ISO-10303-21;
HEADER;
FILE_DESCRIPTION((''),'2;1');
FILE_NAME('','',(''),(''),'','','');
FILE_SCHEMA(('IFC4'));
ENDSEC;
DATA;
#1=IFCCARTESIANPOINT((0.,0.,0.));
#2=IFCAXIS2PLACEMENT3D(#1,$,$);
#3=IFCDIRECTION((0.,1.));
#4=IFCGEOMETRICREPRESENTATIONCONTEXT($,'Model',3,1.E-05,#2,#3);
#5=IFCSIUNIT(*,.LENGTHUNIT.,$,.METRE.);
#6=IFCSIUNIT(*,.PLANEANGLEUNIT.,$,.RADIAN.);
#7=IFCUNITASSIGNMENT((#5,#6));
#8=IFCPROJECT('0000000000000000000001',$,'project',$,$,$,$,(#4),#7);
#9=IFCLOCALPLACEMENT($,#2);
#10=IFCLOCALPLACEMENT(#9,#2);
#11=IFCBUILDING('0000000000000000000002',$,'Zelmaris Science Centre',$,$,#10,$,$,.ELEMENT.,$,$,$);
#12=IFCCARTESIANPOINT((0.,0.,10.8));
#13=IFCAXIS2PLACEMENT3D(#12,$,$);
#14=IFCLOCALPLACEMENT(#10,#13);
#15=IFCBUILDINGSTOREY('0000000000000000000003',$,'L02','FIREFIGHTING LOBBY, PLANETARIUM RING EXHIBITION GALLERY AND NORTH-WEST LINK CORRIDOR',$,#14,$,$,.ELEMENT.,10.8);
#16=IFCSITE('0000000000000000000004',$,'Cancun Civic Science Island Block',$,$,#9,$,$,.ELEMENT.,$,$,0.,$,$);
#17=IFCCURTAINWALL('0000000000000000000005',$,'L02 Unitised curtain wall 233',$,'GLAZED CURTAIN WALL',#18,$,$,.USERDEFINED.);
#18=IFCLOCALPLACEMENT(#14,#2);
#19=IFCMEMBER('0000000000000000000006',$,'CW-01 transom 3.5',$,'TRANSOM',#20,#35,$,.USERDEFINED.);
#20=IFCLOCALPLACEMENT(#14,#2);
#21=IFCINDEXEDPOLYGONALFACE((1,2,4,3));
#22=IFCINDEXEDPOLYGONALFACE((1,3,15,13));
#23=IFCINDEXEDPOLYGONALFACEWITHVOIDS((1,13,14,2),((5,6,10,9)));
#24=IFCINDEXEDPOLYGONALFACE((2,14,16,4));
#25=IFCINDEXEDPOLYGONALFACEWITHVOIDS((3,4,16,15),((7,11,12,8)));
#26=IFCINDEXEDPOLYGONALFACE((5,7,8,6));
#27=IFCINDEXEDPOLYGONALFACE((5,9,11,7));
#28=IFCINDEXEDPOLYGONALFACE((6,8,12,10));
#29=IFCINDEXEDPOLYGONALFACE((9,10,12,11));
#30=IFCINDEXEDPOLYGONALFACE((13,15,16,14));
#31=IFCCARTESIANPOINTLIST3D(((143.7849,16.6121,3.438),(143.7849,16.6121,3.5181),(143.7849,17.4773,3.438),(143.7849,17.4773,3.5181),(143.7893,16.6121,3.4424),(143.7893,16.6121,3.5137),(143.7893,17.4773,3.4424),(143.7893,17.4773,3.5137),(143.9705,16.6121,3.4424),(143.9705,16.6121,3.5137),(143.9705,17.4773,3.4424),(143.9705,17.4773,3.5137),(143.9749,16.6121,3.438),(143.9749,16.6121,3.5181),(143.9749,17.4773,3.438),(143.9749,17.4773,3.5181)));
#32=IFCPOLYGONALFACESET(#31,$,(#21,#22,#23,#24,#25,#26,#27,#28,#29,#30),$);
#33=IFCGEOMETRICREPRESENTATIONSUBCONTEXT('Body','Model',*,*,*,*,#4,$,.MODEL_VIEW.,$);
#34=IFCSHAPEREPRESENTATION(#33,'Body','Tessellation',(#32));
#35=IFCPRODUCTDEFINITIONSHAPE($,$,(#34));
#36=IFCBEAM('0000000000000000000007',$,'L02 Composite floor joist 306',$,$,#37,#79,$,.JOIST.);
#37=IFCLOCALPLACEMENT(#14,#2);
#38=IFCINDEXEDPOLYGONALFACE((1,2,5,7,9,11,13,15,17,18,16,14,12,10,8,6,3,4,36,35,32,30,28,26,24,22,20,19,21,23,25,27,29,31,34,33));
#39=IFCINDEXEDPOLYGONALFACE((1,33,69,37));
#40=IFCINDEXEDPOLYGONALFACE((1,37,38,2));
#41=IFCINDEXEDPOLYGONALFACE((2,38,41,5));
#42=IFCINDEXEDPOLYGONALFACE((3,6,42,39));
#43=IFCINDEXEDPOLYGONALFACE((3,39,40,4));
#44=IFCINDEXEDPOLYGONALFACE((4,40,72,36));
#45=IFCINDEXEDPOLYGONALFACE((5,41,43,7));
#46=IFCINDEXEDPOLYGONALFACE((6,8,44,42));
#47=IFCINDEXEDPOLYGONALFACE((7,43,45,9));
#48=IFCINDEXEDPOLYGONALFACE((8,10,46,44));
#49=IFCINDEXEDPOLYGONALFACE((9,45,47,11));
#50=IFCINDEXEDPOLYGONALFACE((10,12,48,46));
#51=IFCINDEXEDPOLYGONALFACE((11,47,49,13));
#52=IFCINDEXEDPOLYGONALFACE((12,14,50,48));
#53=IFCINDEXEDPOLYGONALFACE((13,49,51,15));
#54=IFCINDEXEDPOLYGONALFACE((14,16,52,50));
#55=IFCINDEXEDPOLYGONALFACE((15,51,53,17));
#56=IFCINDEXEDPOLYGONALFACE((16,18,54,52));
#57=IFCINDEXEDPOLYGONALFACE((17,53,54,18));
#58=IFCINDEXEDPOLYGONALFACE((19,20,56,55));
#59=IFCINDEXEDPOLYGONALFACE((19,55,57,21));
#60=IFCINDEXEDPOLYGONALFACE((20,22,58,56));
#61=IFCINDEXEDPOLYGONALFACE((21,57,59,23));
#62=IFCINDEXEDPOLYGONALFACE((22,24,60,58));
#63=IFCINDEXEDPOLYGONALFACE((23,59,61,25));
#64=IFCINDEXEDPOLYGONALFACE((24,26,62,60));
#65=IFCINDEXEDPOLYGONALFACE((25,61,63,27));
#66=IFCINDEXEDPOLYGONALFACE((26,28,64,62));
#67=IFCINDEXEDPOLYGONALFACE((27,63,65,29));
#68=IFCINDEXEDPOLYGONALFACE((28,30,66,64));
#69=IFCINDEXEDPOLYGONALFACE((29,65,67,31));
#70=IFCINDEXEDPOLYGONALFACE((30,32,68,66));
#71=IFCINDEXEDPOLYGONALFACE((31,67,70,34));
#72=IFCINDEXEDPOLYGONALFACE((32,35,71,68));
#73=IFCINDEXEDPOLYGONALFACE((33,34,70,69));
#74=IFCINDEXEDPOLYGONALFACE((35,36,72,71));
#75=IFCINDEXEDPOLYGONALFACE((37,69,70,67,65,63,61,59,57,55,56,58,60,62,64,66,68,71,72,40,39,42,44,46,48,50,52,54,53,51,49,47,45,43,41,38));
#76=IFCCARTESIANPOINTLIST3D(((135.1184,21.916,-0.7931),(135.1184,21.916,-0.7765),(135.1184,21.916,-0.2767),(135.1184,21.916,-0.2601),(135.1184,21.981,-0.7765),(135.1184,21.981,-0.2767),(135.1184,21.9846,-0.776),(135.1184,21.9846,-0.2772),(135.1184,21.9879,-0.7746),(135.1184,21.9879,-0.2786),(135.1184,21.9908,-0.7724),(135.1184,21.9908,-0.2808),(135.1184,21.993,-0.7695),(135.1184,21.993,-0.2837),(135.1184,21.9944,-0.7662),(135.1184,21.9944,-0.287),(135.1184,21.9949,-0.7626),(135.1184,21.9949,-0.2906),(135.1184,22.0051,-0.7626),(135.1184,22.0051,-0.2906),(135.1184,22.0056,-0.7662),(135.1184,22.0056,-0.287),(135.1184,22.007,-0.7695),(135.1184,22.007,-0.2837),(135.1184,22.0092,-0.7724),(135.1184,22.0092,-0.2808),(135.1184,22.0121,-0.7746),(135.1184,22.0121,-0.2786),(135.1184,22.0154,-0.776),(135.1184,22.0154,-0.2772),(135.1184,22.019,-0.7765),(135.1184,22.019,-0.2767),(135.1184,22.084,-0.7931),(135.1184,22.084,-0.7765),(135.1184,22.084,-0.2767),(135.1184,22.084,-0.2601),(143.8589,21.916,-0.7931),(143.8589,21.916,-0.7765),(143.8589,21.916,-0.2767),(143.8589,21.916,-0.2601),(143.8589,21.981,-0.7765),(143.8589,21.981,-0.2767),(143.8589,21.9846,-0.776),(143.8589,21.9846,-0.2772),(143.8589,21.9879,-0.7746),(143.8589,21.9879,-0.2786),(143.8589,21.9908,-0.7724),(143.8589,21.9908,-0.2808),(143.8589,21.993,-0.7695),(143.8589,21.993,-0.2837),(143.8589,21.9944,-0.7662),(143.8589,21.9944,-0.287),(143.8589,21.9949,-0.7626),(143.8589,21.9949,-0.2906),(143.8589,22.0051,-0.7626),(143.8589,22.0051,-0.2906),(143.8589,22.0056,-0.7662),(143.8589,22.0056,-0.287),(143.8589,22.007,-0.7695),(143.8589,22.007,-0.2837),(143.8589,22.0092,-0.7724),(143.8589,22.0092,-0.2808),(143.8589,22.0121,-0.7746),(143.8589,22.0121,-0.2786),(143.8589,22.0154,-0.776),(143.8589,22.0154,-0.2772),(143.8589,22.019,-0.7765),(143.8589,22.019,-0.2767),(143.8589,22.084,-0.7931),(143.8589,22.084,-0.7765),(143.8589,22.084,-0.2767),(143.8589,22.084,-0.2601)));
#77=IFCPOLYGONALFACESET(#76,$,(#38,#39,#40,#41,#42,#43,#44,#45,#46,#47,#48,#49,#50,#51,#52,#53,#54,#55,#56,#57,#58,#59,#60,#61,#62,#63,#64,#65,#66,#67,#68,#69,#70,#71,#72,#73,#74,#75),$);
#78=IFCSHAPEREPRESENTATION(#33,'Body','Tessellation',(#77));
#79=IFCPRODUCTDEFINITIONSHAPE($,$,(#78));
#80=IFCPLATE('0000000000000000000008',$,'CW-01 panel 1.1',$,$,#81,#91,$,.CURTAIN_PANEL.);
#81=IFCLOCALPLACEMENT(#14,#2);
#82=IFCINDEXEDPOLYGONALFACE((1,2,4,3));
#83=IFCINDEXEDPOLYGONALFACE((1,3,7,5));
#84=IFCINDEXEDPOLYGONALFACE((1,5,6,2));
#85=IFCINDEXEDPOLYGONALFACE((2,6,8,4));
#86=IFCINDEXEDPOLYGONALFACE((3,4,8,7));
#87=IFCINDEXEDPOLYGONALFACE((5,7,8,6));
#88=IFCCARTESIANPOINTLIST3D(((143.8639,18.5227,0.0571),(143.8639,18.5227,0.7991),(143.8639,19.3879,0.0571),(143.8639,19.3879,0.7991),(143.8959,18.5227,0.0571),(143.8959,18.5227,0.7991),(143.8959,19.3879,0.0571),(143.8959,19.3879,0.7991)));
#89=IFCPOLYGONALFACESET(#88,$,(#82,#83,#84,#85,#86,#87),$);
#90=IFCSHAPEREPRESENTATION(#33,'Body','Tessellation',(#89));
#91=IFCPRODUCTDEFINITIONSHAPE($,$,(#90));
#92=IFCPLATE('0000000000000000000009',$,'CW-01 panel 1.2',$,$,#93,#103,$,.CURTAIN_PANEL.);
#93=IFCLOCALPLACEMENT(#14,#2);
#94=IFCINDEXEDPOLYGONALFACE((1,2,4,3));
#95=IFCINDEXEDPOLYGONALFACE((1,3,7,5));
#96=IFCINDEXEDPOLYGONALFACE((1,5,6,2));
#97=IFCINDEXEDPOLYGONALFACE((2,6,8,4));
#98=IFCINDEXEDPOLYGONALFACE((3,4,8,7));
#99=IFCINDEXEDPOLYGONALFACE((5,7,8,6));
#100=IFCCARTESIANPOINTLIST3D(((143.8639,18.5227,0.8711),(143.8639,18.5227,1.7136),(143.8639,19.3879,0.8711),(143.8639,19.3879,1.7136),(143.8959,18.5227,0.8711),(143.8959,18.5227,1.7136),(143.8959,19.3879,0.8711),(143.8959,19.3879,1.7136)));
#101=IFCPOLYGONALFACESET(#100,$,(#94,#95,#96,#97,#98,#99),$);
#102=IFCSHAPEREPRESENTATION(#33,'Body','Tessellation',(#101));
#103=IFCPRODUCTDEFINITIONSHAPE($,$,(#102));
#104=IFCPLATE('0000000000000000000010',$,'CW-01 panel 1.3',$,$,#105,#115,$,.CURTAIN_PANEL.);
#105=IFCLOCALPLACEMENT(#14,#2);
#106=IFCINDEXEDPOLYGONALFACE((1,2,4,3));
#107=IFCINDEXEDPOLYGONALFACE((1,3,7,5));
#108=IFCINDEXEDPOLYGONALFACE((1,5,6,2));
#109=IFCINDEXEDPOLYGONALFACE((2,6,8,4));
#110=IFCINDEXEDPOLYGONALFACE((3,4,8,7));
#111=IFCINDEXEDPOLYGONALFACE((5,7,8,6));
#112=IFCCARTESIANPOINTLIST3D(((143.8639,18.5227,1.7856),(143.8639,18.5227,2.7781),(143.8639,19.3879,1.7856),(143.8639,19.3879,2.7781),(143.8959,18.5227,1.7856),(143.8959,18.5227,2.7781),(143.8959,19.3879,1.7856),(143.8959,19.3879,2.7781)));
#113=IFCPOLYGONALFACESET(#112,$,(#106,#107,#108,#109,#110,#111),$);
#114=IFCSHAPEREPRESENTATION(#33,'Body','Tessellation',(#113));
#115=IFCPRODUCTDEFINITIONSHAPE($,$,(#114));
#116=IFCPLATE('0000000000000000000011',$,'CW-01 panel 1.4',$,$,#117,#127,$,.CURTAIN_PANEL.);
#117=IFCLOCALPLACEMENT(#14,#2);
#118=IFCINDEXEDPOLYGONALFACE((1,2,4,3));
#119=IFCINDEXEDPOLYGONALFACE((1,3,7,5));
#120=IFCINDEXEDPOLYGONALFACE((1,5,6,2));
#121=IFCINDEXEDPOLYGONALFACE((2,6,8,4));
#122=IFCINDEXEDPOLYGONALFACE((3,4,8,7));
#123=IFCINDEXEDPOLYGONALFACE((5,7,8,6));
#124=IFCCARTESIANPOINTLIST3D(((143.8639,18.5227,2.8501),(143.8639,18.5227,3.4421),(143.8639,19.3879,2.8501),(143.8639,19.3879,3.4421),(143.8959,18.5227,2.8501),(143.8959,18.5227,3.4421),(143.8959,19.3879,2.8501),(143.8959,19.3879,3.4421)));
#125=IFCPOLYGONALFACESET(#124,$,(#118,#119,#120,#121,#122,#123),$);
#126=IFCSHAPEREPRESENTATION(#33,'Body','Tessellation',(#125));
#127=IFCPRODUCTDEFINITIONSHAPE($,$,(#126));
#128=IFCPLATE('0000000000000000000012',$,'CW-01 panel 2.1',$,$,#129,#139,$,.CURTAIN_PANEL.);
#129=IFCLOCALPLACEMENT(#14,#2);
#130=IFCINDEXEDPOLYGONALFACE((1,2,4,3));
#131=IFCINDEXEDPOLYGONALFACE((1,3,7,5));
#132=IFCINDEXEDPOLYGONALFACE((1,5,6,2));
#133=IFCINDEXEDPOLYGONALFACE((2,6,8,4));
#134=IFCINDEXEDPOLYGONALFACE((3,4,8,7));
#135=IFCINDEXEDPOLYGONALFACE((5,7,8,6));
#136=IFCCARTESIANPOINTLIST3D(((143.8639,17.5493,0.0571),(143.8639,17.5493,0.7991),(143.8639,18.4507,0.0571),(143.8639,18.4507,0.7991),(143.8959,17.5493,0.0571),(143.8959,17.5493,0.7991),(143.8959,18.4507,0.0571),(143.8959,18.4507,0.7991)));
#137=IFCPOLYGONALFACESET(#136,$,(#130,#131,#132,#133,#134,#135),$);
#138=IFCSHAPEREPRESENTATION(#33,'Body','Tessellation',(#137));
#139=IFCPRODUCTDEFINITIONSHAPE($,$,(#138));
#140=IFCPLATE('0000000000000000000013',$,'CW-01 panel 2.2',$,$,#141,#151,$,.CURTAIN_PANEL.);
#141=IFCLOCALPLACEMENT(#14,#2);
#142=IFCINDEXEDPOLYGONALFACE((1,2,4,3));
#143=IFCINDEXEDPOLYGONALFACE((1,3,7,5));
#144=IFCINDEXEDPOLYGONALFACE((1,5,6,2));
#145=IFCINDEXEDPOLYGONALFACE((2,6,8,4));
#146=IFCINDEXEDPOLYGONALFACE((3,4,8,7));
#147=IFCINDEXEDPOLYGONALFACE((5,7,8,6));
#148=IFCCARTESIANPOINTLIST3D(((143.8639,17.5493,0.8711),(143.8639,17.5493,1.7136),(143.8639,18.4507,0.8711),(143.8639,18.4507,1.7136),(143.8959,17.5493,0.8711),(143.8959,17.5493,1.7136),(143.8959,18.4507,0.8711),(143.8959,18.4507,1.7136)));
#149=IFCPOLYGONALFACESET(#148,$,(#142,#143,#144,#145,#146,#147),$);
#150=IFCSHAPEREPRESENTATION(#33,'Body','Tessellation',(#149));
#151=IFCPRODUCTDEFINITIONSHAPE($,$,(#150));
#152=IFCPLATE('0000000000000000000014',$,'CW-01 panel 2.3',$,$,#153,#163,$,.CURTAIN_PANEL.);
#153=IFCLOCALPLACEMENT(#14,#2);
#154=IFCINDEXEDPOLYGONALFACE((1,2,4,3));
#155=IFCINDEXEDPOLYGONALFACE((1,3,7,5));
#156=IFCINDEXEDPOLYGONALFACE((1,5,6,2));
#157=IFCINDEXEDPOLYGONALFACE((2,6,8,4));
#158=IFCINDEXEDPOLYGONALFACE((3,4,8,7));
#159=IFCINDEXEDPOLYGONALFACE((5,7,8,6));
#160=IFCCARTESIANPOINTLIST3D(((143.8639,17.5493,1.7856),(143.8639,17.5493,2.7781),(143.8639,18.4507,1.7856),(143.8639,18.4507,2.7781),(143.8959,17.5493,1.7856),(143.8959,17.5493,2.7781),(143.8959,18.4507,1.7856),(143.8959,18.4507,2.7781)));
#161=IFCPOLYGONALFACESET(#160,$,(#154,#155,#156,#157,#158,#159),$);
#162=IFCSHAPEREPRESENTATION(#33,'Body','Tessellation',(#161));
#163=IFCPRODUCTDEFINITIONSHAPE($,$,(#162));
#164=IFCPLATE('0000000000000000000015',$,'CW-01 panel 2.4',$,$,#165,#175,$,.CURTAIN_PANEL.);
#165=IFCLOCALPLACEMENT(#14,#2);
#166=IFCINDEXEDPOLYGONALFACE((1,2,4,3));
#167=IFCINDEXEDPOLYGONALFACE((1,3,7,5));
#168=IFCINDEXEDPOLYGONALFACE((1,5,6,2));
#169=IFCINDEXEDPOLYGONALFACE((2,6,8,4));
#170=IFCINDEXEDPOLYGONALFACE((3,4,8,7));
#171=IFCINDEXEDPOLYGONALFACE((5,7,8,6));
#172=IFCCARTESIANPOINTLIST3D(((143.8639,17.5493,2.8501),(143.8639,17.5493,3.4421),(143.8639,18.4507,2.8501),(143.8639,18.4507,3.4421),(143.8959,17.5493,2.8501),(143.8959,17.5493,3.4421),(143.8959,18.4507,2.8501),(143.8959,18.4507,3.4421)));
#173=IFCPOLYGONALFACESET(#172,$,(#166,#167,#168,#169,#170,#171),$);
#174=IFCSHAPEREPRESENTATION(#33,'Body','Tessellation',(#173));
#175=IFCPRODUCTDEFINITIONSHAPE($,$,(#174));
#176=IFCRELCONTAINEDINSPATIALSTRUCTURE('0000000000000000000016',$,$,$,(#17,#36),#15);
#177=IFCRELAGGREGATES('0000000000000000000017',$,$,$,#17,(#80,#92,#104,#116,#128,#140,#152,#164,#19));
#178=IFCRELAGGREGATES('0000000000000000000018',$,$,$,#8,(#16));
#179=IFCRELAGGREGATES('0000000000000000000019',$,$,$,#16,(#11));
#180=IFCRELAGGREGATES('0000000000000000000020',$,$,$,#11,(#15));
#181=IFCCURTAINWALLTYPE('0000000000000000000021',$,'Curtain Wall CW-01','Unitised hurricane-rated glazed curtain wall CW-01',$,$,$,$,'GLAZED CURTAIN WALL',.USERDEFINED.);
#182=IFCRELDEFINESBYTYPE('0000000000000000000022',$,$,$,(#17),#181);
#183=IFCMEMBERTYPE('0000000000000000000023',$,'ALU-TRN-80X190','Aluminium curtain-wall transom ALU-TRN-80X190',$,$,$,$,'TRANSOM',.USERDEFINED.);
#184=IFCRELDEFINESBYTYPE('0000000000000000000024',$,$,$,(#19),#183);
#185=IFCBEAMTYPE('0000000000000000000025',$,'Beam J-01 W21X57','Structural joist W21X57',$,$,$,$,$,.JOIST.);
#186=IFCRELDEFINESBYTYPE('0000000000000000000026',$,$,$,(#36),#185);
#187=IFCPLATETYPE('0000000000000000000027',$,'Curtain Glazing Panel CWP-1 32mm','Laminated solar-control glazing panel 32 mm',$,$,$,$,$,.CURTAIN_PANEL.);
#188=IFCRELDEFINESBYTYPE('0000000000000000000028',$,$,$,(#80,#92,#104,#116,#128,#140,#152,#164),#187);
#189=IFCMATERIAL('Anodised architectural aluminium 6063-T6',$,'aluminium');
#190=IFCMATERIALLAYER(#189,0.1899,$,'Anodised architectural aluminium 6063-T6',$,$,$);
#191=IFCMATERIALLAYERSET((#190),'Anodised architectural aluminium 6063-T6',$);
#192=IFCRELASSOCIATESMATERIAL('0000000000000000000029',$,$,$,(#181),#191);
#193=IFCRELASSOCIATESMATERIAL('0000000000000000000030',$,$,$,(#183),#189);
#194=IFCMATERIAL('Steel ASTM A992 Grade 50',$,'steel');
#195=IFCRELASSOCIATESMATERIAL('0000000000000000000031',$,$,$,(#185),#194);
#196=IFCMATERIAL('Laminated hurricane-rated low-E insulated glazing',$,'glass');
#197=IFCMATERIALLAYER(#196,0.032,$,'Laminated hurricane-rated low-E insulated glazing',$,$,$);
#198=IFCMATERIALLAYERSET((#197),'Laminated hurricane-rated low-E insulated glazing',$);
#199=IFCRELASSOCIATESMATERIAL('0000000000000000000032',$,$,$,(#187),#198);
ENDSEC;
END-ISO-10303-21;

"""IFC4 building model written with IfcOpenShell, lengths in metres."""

from ifc_helpers import new_model, si_unit, direction, frame, origin, origin_2d, place, context, subcontext, project, spatial, rectangle, hollow_rectangle, i_section, extrude, material, layer, layer_set, material_profile, profile_set, type_object, element, aggregate, save


model = new_model("IFC4")

# Units and contexts
model_context = context("Model", 3, precision=1e-05, world=origin(), true_north=direction((0.0, 1.0)))
body_context = subcontext(model_context, "Body", "Model", "MODEL_VIEW")
ifc_project = project(units=[si_unit("LENGTHUNIT", "METRE"), si_unit("PLANEANGLEUNIT", "RADIAN")], contexts=[model_context])

# Site, building, storey
site_placement = place(None, origin())
site = spatial("IfcSite", under=ifc_project, at=site_placement, Name="Cancun Civic Science Island Block", CompositionType="ELEMENT", RefElevation=0.0)
building_placement = place(site_placement, origin())
building = spatial("IfcBuilding", under=site, at=building_placement, Name="Zelmaris Science Centre", CompositionType="ELEMENT")
storey_placement = place(building_placement, frame((0.0, 0.0, 10.8)))
storey = spatial("IfcBuildingStorey", under=building, at=storey_placement, Name="L02", Description="FIREFIGHTING LOBBY, PLANETARIUM RING EXHIBITION GALLERY AND NORTH-WEST LINK CORRIDOR", CompositionType="ELEMENT", Elevation=10.8)

# Curtain wall, member
ifc_material_1 = material(Name="Anodised architectural aluminium 6063-T6", Category="aluminium")
ifc_layer_1 = layer(ifc_material_1, 0.1899, Name="Anodised architectural aluminium 6063-T6")
ifc_layer_set_1 = layer_set([ifc_layer_1], Name="Anodised architectural aluminium 6063-T6")
curtain_wall_type = type_object("IfcCurtainWallType", Name="Curtain Wall CW-01", Description="Unitised hurricane-rated glazed curtain wall CW-01", ElementType="GLAZED CURTAIN WALL", PredefinedType="USERDEFINED", material=ifc_layer_set_1)
curtain_wall_placement = place(storey_placement, origin())
curtain_wall = element("IfcCurtainWall", 1, at=curtain_wall_placement, inside=storey, type_object=curtain_wall_type, Name="L02 Unitised curtain wall 233", ObjectType="GLAZED CURTAIN WALL", PredefinedType="USERDEFINED")
ifc_material_profile_1 = material_profile(ifc_material_1, hollow_rectangle(XDim=0.0801, YDim=0.1899, WallThickness=0.0044, at=origin_2d()), Name="ALU-TRN-80X190")
ifc_profile_set_1 = profile_set([ifc_material_profile_1], Name="Anodised architectural aluminium 6063-T6")
member_type_1 = type_object("IfcMemberType", Name="ALU-TRN-80X190", Description="Aluminium curtain-wall transom ALU-TRN-80X190", ElementType="TRANSOM", PredefinedType="USERDEFINED", material=ifc_profile_set_1)
member_1_placement = place(storey_placement, frame((143.8799, 17.4773, 3.478), z_axis=(0.0, -1.0, 0.0), x_axis=(0.0, 0.0, 1.0)))
member_1 = element("IfcMember", 2, at=member_1_placement, type_object=member_type_1, Name="CW-01 transom 3.5", ObjectType="TRANSOM", PredefinedType="USERDEFINED", context=body_context, shape_type="SweptSolid", body=[
    extrude(hollow_rectangle(XDim=0.0801, YDim=0.1899, WallThickness=0.0044, at=origin_2d()), origin(), (0.0, 0.0, 1.0), 0.8652),
])

# Beam
ifc_material_2 = material(Name="Steel ASTM A992 Grade 50", Category="steel")
ifc_material_profile_2 = material_profile(ifc_material_2, i_section(OverallWidth=0.168, OverallDepth=0.533, WebThickness=0.0103, FlangeThickness=0.0166, FilletRadius=0.0139, at=origin_2d()), Name="W21X57")
ifc_profile_set_2 = profile_set([ifc_material_profile_2], Name="Steel ASTM A992 Grade 50")
beam_type = type_object("IfcBeamType", Name="Beam J-01 W21X57", Description="Structural joist W21X57", PredefinedType="JOIST", material=ifc_profile_set_2)
beam_placement = place(storey_placement, frame((135.1184, 22.0, -0.5266), z_axis=(1.0, 0.0, 0.0), x_axis=(0.0, 1.0, 0.0)))
element("IfcBeam", 3, at=beam_placement, inside=storey, type_object=beam_type, Name="L02 Composite floor joist 306", PredefinedType="JOIST", context=body_context, shape_type="SweptSolid", body=[
    extrude(i_section(OverallWidth=0.168, OverallDepth=0.533, WebThickness=0.0103, FlangeThickness=0.0166, FilletRadius=0.0139, at=origin_2d()), origin(), (0.0, 0.0, 1.0), 8.7405),
])

# Plates
ifc_material_3 = material(Name="Laminated hurricane-rated low-E insulated glazing", Category="glass")
ifc_layer_2 = layer(ifc_material_3, 0.032, Name="Laminated hurricane-rated low-E insulated glazing")
ifc_layer_set_2 = layer_set([ifc_layer_2], Name="Laminated hurricane-rated low-E insulated glazing")
plate_type = type_object("IfcPlateType", Name="Curtain Glazing Panel CWP-1 32mm", Description="Laminated solar-control glazing panel 32 mm", PredefinedType="CURTAIN_PANEL", material=ifc_layer_set_2)
plate_1_placement = place(storey_placement, frame((143.8799, 18.9553, 0.0571), z_axis=(0.0, 0.0, 1.0), x_axis=(0.0, -1.0, 0.0)))
plate_1 = element("IfcPlate", 4, at=plate_1_placement, type_object=plate_type, Name="CW-01 panel 1.1", PredefinedType="CURTAIN_PANEL", context=body_context, shape_type="SweptSolid", body=[
    extrude(rectangle(XDim=0.8652, YDim=0.032, at=origin_2d()), origin(), (0.0, 0.0, 1.0), 0.7419),
])
plate_2_placement = place(storey_placement, frame((143.8799, 18.9553, 0.8711), z_axis=(0.0, 0.0, 1.0), x_axis=(0.0, -1.0, 0.0)))
plate_2 = element("IfcPlate", 5, at=plate_2_placement, type_object=plate_type, Name="CW-01 panel 1.2", PredefinedType="CURTAIN_PANEL", context=body_context, shape_type="SweptSolid", body=[
    extrude(rectangle(XDim=0.8652, YDim=0.032, at=origin_2d()), origin(), (0.0, 0.0, 1.0), 0.8425),
])
plate_3_placement = place(storey_placement, frame((143.8799, 18.9553, 1.7856), z_axis=(0.0, 0.0, 1.0), x_axis=(0.0, -1.0, 0.0)))
plate_3 = element("IfcPlate", 6, at=plate_3_placement, type_object=plate_type, Name="CW-01 panel 1.3", PredefinedType="CURTAIN_PANEL", context=body_context, shape_type="SweptSolid", body=[
    extrude(rectangle(XDim=0.8652, YDim=0.032, at=origin_2d()), origin(), (0.0, 0.0, 1.0), 0.9924),
])
plate_4_placement = place(storey_placement, frame((143.8799, 18.9553, 2.8501), z_axis=(0.0, 0.0, 1.0), x_axis=(0.0, -1.0, 0.0)))
plate_4 = element("IfcPlate", 7, at=plate_4_placement, type_object=plate_type, Name="CW-01 panel 1.4", PredefinedType="CURTAIN_PANEL", context=body_context, shape_type="SweptSolid", body=[
    extrude(rectangle(XDim=0.8652, YDim=0.032, at=origin_2d()), origin(), (0.0, 0.0, 1.0), 0.592),
])
plate_5_placement = place(storey_placement, frame((143.8799, 18.0, 0.0571), z_axis=(0.0, 0.0, 1.0), x_axis=(0.0, -1.0, 0.0)))
plate_5 = element("IfcPlate", 8, at=plate_5_placement, type_object=plate_type, Name="CW-01 panel 2.1", PredefinedType="CURTAIN_PANEL", context=body_context, shape_type="SweptSolid", body=[
    extrude(rectangle(XDim=0.9014, YDim=0.032, at=origin_2d()), origin(), (0.0, 0.0, 1.0), 0.7419),
])
plate_6_placement = place(storey_placement, frame((143.8799, 18.0, 0.8711), z_axis=(0.0, 0.0, 1.0), x_axis=(0.0, -1.0, 0.0)))
plate_6 = element("IfcPlate", 9, at=plate_6_placement, type_object=plate_type, Name="CW-01 panel 2.2", PredefinedType="CURTAIN_PANEL", context=body_context, shape_type="SweptSolid", body=[
    extrude(rectangle(XDim=0.9014, YDim=0.032, at=origin_2d()), origin(), (0.0, 0.0, 1.0), 0.8425),
])
plate_7_placement = place(storey_placement, frame((143.8799, 18.0, 1.7856), z_axis=(0.0, 0.0, 1.0), x_axis=(0.0, -1.0, 0.0)))
plate_7 = element("IfcPlate", 10, at=plate_7_placement, type_object=plate_type, Name="CW-01 panel 2.3", PredefinedType="CURTAIN_PANEL", context=body_context, shape_type="SweptSolid", body=[
    extrude(rectangle(XDim=0.9014, YDim=0.032, at=origin_2d()), origin(), (0.0, 0.0, 1.0), 0.9924),
])
plate_8_placement = place(storey_placement, frame((143.8799, 18.0, 2.8501), z_axis=(0.0, 0.0, 1.0), x_axis=(0.0, -1.0, 0.0)))
plate_8 = element("IfcPlate", 11, at=plate_8_placement, type_object=plate_type, Name="CW-01 panel 2.4", PredefinedType="CURTAIN_PANEL", context=body_context, shape_type="SweptSolid", body=[
    extrude(rectangle(XDim=0.9014, YDim=0.032, at=origin_2d()), origin(), (0.0, 0.0, 1.0), 0.592),
])
aggregate(curtain_wall, [plate_1, plate_2, plate_3, plate_4, plate_5, plate_6, plate_7, plate_8, member_1])

save(model, "model.ifc")
